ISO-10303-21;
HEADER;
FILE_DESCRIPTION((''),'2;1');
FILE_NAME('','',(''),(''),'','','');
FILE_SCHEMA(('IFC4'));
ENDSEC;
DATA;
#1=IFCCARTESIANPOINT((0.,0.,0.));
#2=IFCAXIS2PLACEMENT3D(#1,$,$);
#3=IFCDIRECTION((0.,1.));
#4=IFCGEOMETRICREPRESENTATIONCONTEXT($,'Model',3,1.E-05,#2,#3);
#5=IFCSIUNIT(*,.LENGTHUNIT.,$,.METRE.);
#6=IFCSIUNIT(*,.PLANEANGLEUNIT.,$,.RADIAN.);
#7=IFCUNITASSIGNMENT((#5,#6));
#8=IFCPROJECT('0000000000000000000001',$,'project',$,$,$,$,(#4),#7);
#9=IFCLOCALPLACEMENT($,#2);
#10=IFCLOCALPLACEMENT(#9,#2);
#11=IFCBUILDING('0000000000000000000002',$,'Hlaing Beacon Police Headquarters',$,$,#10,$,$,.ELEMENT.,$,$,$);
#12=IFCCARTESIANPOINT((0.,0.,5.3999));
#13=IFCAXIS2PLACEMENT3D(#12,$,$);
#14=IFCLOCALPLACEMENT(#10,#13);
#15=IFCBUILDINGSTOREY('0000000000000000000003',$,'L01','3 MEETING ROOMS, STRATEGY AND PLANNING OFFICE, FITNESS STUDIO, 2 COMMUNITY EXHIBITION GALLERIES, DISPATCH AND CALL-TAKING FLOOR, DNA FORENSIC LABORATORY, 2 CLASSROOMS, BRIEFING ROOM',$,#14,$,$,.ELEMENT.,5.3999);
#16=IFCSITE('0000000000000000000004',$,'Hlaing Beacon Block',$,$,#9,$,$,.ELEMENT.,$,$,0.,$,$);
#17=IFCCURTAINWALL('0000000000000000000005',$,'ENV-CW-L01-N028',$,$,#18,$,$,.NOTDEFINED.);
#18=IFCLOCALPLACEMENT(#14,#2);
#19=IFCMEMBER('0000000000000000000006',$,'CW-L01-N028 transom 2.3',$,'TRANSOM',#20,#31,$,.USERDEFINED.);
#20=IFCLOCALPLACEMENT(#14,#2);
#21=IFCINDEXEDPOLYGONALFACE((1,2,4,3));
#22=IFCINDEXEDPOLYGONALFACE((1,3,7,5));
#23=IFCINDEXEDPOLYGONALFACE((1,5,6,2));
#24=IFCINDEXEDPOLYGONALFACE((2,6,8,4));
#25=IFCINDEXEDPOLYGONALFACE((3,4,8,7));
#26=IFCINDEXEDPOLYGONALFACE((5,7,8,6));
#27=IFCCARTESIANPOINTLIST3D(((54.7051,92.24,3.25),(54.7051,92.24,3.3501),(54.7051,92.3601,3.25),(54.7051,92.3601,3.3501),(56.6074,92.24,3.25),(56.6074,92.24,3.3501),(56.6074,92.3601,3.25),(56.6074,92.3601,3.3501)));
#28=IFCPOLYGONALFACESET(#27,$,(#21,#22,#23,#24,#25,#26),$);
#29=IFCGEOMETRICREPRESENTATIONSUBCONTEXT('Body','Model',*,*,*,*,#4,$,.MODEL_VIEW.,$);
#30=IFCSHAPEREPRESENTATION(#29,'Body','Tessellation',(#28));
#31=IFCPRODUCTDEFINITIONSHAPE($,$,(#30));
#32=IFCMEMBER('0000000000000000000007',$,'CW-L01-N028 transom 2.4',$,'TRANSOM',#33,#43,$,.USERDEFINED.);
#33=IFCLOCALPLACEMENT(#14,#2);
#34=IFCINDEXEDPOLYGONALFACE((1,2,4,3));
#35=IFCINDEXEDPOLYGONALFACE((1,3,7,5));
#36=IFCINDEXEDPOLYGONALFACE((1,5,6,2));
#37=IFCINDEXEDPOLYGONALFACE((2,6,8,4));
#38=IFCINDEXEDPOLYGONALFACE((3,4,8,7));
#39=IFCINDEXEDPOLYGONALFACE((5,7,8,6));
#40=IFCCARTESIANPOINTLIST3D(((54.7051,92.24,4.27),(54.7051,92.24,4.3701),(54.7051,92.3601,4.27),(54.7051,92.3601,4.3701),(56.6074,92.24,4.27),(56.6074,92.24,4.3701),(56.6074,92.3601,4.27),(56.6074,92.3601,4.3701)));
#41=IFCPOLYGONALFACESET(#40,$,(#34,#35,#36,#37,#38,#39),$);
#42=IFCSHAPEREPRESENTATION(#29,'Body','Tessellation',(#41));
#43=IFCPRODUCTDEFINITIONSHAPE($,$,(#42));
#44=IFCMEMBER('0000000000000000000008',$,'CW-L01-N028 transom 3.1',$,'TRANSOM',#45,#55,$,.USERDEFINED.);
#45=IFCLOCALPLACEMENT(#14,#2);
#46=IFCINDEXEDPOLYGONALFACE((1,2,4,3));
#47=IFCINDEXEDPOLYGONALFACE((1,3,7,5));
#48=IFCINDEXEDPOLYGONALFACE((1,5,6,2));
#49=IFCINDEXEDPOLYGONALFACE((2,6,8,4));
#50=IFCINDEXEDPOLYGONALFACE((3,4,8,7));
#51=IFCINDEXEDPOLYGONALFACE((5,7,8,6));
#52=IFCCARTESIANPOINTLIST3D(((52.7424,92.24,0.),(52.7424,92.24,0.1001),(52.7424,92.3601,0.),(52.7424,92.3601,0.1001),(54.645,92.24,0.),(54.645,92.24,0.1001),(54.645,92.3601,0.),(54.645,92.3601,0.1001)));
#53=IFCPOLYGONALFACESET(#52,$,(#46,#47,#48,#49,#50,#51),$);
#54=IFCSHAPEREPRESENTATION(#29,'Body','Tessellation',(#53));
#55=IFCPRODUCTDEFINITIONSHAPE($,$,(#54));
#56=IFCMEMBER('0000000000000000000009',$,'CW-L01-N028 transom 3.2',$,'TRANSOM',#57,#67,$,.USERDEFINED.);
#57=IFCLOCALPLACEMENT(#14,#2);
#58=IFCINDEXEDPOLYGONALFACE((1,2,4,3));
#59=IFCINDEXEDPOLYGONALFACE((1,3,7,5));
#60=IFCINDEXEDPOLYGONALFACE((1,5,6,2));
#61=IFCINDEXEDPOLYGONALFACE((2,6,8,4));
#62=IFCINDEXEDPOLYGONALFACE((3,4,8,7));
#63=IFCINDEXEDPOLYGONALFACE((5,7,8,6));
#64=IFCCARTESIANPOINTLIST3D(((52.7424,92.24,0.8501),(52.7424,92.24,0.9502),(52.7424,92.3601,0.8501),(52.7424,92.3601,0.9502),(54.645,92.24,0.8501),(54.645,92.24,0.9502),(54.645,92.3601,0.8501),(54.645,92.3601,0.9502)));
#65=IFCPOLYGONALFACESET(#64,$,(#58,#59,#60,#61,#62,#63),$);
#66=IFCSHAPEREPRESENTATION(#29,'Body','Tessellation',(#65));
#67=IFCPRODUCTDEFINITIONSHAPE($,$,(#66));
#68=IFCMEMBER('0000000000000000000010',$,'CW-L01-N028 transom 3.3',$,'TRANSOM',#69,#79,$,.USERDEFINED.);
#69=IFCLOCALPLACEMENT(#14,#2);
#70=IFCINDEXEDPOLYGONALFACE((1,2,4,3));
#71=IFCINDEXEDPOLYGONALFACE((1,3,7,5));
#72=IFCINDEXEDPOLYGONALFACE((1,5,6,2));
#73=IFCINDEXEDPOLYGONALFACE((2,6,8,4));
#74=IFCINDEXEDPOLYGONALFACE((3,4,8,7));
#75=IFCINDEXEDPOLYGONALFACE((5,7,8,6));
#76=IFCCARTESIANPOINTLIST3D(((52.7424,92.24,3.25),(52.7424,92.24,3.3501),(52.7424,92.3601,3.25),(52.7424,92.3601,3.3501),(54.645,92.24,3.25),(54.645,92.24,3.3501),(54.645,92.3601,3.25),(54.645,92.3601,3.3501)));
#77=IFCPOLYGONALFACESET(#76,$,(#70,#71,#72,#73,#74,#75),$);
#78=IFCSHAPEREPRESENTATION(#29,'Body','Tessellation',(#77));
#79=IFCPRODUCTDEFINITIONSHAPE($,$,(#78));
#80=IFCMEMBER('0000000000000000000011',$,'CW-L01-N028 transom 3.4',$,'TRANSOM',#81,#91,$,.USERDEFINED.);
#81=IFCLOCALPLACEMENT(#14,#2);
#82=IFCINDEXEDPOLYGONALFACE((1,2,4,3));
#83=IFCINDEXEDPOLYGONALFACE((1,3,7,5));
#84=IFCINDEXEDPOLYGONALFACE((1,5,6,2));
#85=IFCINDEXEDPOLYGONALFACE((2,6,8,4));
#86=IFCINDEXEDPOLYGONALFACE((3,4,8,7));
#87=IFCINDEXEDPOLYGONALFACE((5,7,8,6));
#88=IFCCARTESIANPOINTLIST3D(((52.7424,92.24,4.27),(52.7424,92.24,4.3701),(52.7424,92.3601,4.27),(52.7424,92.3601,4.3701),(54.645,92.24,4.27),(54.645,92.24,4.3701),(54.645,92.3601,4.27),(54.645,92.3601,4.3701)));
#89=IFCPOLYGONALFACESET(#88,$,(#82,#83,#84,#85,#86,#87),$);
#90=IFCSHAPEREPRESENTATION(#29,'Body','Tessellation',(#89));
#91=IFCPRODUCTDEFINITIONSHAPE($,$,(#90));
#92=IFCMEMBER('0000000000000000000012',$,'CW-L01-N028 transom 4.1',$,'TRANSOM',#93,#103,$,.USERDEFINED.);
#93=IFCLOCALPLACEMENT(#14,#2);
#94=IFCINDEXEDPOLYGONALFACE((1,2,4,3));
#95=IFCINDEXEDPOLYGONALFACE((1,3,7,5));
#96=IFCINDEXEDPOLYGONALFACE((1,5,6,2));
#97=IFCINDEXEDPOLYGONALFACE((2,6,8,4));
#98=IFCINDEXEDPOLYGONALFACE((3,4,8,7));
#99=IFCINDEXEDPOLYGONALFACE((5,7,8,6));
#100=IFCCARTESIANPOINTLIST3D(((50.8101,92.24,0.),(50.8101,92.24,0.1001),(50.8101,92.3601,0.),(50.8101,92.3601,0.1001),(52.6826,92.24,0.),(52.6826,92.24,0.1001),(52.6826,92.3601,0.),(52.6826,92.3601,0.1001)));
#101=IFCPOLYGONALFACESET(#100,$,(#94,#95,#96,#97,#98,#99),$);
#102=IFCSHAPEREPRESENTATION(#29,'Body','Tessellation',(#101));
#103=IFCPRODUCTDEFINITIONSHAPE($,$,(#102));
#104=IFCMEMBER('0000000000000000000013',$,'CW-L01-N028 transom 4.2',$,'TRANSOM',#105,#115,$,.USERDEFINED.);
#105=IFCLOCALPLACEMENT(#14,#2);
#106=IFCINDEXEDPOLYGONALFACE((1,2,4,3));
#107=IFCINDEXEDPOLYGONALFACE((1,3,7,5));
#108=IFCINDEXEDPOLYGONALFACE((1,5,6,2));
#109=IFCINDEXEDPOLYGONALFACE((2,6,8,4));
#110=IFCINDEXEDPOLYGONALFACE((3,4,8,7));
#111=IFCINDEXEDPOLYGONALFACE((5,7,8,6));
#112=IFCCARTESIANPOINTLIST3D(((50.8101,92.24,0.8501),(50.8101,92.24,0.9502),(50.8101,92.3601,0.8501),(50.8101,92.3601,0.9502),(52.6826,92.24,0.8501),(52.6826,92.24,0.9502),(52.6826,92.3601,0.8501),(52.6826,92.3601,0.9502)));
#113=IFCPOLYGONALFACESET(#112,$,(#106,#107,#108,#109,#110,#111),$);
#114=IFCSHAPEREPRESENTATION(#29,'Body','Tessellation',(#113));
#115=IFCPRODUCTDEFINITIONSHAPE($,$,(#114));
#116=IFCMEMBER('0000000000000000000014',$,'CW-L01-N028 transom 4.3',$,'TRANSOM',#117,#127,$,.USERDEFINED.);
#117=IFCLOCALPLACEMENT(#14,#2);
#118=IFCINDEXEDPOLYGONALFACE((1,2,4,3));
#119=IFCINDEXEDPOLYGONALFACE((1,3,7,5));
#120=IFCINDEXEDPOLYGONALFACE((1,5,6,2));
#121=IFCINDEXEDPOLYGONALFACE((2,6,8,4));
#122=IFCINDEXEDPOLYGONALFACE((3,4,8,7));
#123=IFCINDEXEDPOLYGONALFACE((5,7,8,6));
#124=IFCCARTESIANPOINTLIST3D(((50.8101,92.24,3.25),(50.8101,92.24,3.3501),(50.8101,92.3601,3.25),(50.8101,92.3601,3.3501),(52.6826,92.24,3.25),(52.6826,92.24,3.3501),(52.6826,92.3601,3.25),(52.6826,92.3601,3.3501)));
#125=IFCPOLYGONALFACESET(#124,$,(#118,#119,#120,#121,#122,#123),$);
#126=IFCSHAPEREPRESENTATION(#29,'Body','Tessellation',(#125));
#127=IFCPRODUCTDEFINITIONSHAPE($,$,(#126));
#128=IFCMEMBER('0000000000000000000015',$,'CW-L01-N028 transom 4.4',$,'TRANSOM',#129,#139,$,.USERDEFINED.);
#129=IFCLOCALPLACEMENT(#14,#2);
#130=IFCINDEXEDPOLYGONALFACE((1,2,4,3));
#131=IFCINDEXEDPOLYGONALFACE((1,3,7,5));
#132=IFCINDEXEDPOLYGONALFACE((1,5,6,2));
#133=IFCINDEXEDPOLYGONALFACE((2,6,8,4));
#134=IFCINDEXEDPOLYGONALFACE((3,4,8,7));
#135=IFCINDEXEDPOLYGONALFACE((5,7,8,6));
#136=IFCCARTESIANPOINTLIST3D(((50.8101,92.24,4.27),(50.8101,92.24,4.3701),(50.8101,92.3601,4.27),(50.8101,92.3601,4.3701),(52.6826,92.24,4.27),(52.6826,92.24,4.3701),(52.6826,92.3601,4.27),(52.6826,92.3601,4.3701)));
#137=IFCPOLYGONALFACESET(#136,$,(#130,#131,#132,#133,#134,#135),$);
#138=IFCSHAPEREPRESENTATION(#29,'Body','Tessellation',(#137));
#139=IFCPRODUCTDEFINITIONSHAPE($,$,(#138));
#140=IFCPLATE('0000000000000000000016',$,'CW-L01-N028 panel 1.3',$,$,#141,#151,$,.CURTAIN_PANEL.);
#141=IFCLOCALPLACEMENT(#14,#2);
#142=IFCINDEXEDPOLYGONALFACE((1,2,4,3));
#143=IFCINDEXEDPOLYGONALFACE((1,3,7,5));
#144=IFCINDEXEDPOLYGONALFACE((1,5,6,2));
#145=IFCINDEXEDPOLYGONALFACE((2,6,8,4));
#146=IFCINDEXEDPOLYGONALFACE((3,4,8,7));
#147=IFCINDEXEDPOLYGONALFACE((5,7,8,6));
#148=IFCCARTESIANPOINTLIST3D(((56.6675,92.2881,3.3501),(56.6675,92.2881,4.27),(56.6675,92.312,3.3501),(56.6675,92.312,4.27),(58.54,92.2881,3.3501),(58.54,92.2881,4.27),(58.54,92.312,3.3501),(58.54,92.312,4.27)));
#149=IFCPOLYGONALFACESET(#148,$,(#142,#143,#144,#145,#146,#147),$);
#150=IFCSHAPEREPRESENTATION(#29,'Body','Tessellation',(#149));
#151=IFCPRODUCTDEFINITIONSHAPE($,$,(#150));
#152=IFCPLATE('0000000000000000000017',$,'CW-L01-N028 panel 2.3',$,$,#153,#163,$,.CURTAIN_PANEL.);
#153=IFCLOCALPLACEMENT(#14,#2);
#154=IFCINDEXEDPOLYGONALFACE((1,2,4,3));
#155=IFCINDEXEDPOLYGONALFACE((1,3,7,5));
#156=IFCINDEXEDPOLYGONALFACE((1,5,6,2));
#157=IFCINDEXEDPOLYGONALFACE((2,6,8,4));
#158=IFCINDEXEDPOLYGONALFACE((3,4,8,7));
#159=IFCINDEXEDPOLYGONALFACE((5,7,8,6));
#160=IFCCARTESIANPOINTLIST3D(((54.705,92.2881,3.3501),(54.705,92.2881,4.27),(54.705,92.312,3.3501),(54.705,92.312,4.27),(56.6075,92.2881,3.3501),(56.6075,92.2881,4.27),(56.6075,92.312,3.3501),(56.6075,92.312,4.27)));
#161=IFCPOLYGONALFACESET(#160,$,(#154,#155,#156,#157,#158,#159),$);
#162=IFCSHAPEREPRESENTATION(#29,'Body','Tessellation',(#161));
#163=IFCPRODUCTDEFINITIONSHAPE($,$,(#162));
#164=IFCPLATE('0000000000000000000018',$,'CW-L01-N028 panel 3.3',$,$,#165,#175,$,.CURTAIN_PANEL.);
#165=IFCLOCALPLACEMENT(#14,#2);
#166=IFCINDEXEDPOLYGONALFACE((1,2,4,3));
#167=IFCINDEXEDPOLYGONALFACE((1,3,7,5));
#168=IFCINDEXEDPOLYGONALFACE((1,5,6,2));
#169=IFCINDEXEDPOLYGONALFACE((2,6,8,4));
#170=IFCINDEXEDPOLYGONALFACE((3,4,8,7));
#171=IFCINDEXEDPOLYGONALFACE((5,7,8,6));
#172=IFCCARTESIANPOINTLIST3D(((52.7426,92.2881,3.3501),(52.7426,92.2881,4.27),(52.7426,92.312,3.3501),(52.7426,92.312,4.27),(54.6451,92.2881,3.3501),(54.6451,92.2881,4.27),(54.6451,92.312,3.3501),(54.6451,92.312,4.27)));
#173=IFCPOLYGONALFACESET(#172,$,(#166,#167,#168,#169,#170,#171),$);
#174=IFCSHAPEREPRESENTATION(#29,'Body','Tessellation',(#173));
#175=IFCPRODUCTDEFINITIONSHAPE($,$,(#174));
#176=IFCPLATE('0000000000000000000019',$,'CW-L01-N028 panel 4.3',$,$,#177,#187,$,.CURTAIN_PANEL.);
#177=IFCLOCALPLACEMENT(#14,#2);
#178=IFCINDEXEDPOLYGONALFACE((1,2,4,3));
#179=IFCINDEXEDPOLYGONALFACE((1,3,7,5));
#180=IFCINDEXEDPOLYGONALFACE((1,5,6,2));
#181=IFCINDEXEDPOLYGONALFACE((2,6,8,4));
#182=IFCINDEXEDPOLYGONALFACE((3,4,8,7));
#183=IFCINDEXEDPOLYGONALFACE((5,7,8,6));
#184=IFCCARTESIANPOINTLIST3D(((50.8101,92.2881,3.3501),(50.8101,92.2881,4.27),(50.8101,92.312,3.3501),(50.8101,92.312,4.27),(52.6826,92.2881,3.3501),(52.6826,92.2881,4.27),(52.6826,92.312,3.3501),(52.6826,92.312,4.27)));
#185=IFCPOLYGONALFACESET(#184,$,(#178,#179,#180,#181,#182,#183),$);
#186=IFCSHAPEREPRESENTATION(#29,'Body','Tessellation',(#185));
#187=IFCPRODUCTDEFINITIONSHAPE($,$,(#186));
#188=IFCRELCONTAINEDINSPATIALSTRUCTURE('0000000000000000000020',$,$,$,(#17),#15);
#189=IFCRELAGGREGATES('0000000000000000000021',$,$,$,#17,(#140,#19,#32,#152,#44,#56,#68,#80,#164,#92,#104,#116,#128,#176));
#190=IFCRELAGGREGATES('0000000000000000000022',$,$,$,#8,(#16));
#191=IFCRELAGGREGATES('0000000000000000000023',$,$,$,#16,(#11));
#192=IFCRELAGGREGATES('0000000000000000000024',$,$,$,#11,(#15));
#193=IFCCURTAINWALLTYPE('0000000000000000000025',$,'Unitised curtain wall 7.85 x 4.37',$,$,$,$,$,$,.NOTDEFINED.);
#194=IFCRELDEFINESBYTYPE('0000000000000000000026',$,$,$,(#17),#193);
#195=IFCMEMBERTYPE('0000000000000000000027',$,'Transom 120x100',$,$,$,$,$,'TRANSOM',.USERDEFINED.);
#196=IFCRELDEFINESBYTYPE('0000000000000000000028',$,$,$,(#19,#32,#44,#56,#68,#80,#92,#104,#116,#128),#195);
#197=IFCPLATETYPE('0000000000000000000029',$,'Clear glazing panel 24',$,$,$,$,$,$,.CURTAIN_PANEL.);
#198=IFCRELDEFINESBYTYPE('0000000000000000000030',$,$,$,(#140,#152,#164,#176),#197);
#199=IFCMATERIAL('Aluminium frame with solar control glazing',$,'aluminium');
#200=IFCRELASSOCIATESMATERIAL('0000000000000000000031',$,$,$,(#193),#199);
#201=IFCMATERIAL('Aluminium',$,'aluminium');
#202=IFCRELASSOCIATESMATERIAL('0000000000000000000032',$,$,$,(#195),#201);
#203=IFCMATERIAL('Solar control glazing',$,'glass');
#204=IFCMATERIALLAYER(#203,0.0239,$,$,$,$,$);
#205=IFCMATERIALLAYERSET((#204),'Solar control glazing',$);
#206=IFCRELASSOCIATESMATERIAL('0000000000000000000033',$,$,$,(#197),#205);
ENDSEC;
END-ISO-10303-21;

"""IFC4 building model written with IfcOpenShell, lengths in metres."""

from ifc_helpers import new_model, si_unit, direction, frame, origin, origin_2d, place, context, subcontext, project, spatial, rectangle, extrude, material, layer, layer_set, material_profile, profile_set, type_object, element, aggregate, save


model = new_model("IFC4")

# Units and contexts
model_context = context("Model", 3, precision=1e-05, world=origin(), true_north=direction((0.0, 1.0)))
body_context = subcontext(model_context, "Body", "Model", "MODEL_VIEW")
ifc_project = project(units=[si_unit("LENGTHUNIT", "METRE"), si_unit("PLANEANGLEUNIT", "RADIAN")], contexts=[model_context])

# Site, building, storey
site_placement = place(None, origin())
site = spatial("IfcSite", under=ifc_project, at=site_placement, Name="Hlaing Beacon Block", CompositionType="ELEMENT", RefElevation=0.0)
building_placement = place(site_placement, origin())
building = spatial("IfcBuilding", under=site, at=building_placement, Name="Hlaing Beacon Police Headquarters", CompositionType="ELEMENT")
storey_placement = place(building_placement, frame((0.0, 0.0, 5.3999)))
storey = spatial("IfcBuildingStorey", under=building, at=storey_placement, Name="L01", Description="3 MEETING ROOMS, STRATEGY AND PLANNING OFFICE, FITNESS STUDIO, 2 COMMUNITY EXHIBITION GALLERIES, DISPATCH AND CALL-TAKING FLOOR, DNA FORENSIC LABORATORY, 2 CLASSROOMS, BRIEFING ROOM", CompositionType="ELEMENT", Elevation=5.3999)

# Curtain wall, members, plates
ifc_material_1 = material(Name="Aluminium frame with solar control glazing", Category="aluminium")
curtain_wall_type = type_object("IfcCurtainWallType", Name="Unitised curtain wall 7.85 x 4.37", PredefinedType="NOTDEFINED", material=ifc_material_1)
curtain_wall_placement = place(storey_placement, origin())
curtain_wall = element("IfcCurtainWall", 1, at=curtain_wall_placement, inside=storey, type_object=curtain_wall_type, Name="ENV-CW-L01-N028", PredefinedType="NOTDEFINED")
ifc_material_2 = material(Name="Aluminium", Category="aluminium")
ifc_material_profile_1 = material_profile(ifc_material_2, rectangle(XDim=0.1201, YDim=0.1001, at=origin_2d()), Name="Transom 120x100")
ifc_profile_set_1 = profile_set([ifc_material_profile_1], Name="Aluminium")
member_type_1 = type_object("IfcMemberType", Name="Transom 120x100", ElementType="TRANSOM", PredefinedType="USERDEFINED", material=ifc_profile_set_1)
member_1_placement = place(storey_placement, frame((56.6074, 92.3, 3.3), z_axis=(-1.0, 0.0, 0.0), x_axis=(0.0, -1.0, 0.0)))
member_1 = element("IfcMember", 2, at=member_1_placement, type_object=member_type_1, Name="CW-L01-N028 transom 2.3", ObjectType="TRANSOM", PredefinedType="USERDEFINED", context=body_context, shape_type="SweptSolid", body=[
    extrude(rectangle(XDim=0.1201, YDim=0.1001, at=origin_2d()), origin(), (0.0, 0.0, 1.0), 1.9023),
])
member_2_placement = place(storey_placement, frame((56.6074, 92.3, 4.3201), z_axis=(-1.0, 0.0, 0.0), x_axis=(0.0, -1.0, 0.0)))
member_2 = element("IfcMember", 3, at=member_2_placement, type_object=member_type_1, Name="CW-L01-N028 transom 2.4", ObjectType="TRANSOM", PredefinedType="USERDEFINED", context=body_context, shape_type="SweptSolid", body=[
    extrude(rectangle(XDim=0.1201, YDim=0.1001, at=origin_2d()), origin(), (0.0, 0.0, 1.0), 1.9023),
])
member_3_placement = place(storey_placement, frame((54.645, 92.3, 0.05), z_axis=(-1.0, 0.0, 0.0), x_axis=(0.0, -1.0, 0.0)))
member_3 = element("IfcMember", 4, at=member_3_placement, type_object=member_type_1, Name="CW-L01-N028 transom 3.1", ObjectType="TRANSOM", PredefinedType="USERDEFINED", context=body_context, shape_type="SweptSolid", body=[
    extrude(rectangle(XDim=0.1201, YDim=0.1001, at=origin_2d()), origin(), (0.0, 0.0, 1.0), 1.9026),
])
member_4_placement = place(storey_placement, frame((54.645, 92.3, 0.9001), z_axis=(-1.0, 0.0, 0.0), x_axis=(0.0, -1.0, 0.0)))
member_4 = element("IfcMember", 5, at=member_4_placement, type_object=member_type_1, Name="CW-L01-N028 transom 3.2", ObjectType="TRANSOM", PredefinedType="USERDEFINED", context=body_context, shape_type="SweptSolid", body=[
    extrude(rectangle(XDim=0.1201, YDim=0.1001, at=origin_2d()), origin(), (0.0, 0.0, 1.0), 1.9026),
])
member_5_placement = place(storey_placement, frame((54.645, 92.3, 3.3), z_axis=(-1.0, 0.0, 0.0), x_axis=(0.0, -1.0, 0.0)))
member_5 = element("IfcMember", 6, at=member_5_placement, type_object=member_type_1, Name="CW-L01-N028 transom 3.3", ObjectType="TRANSOM", PredefinedType="USERDEFINED", context=body_context, shape_type="SweptSolid", body=[
    extrude(rectangle(XDim=0.1201, YDim=0.1001, at=origin_2d()), origin(), (0.0, 0.0, 1.0), 1.9026),
])
member_6_placement = place(storey_placement, frame((54.645, 92.3, 4.3201), z_axis=(-1.0, 0.0, 0.0), x_axis=(0.0, -1.0, 0.0)))
member_6 = element("IfcMember", 7, at=member_6_placement, type_object=member_type_1, Name="CW-L01-N028 transom 3.4", ObjectType="TRANSOM", PredefinedType="USERDEFINED", context=body_context, shape_type="SweptSolid", body=[
    extrude(rectangle(XDim=0.1201, YDim=0.1001, at=origin_2d()), origin(), (0.0, 0.0, 1.0), 1.9026),
])
member_7_placement = place(storey_placement, frame((52.6826, 92.3, 0.05), z_axis=(-1.0, 0.0, 0.0), x_axis=(0.0, -1.0, 0.0)))
member_7 = element("IfcMember", 8, at=member_7_placement, type_object=member_type_1, Name="CW-L01-N028 transom 4.1", ObjectType="TRANSOM", PredefinedType="USERDEFINED", context=body_context, shape_type="SweptSolid", body=[
    extrude(rectangle(XDim=0.1201, YDim=0.1001, at=origin_2d()), origin(), (0.0, 0.0, 1.0), 1.8726),
])
member_8_placement = place(storey_placement, frame((52.6826, 92.3, 0.9001), z_axis=(-1.0, 0.0, 0.0), x_axis=(0.0, -1.0, 0.0)))
member_8 = element("IfcMember", 9, at=member_8_placement, type_object=member_type_1, Name="CW-L01-N028 transom 4.2", ObjectType="TRANSOM", PredefinedType="USERDEFINED", context=body_context, shape_type="SweptSolid", body=[
    extrude(rectangle(XDim=0.1201, YDim=0.1001, at=origin_2d()), origin(), (0.0, 0.0, 1.0), 1.8726),
])
member_9_placement = place(storey_placement, frame((52.6826, 92.3, 3.3), z_axis=(-1.0, 0.0, 0.0), x_axis=(0.0, -1.0, 0.0)))
member_9 = element("IfcMember", 10, at=member_9_placement, type_object=member_type_1, Name="CW-L01-N028 transom 4.3", ObjectType="TRANSOM", PredefinedType="USERDEFINED", context=body_context, shape_type="SweptSolid", body=[
    extrude(rectangle(XDim=0.1201, YDim=0.1001, at=origin_2d()), origin(), (0.0, 0.0, 1.0), 1.8726),
])
member_10_placement = place(storey_placement, frame((52.6826, 92.3, 4.3201), z_axis=(-1.0, 0.0, 0.0), x_axis=(0.0, -1.0, 0.0)))
member_10 = element("IfcMember", 11, at=member_10_placement, type_object=member_type_1, Name="CW-L01-N028 transom 4.4", ObjectType="TRANSOM", PredefinedType="USERDEFINED", context=body_context, shape_type="SweptSolid", body=[
    extrude(rectangle(XDim=0.1201, YDim=0.1001, at=origin_2d()), origin(), (0.0, 0.0, 1.0), 1.8726),
])
ifc_material_3 = material(Name="Solar control glazing", Category="glass")
ifc_layer_1 = layer(ifc_material_3, 0.0239)
ifc_layer_set_1 = layer_set([ifc_layer_1], Name="Solar control glazing")
plate_type_1 = type_object("IfcPlateType", Name="Clear glazing panel 24", PredefinedType="CURTAIN_PANEL", material=ifc_layer_set_1)
plate_1_placement = place(storey_placement, frame((57.6038, 92.3, 3.3501), z_axis=(0.0, 0.0, 1.0), x_axis=(-1.0, 0.0, 0.0)))
plate_1 = element("IfcPlate", 12, at=plate_1_placement, type_object=plate_type_1, Name="CW-L01-N028 panel 1.3", PredefinedType="CURTAIN_PANEL", context=body_context, shape_type="SweptSolid", body=[
    extrude(rectangle(XDim=1.8726, YDim=0.0239, at=origin_2d()), origin(), (0.0, 0.0, 1.0), 0.9199),
])
plate_2_placement = place(storey_placement, frame((55.6562, 92.3, 3.3501), z_axis=(0.0, 0.0, 1.0), x_axis=(-1.0, 0.0, 0.0)))
plate_2 = element("IfcPlate", 13, at=plate_2_placement, type_object=plate_type_1, Name="CW-L01-N028 panel 2.3", PredefinedType="CURTAIN_PANEL", context=body_context, shape_type="SweptSolid", body=[
    extrude(rectangle(XDim=1.9026, YDim=0.0239, at=origin_2d()), origin(), (0.0, 0.0, 1.0), 0.9199),
])
plate_3_placement = place(storey_placement, frame((53.6938, 92.3, 3.3501), z_axis=(0.0, 0.0, 1.0), x_axis=(-1.0, 0.0, 0.0)))
plate_3 = element("IfcPlate", 14, at=plate_3_placement, type_object=plate_type_1, Name="CW-L01-N028 panel 3.3", PredefinedType="CURTAIN_PANEL", context=body_context, shape_type="SweptSolid", body=[
    extrude(rectangle(XDim=1.9026, YDim=0.0239, at=origin_2d()), origin(), (0.0, 0.0, 1.0), 0.9199),
])
plate_4_placement = place(storey_placement, frame((51.7463, 92.3, 3.3501), z_axis=(0.0, 0.0, 1.0), x_axis=(-1.0, 0.0, 0.0)))
plate_4 = element("IfcPlate", 15, at=plate_4_placement, type_object=plate_type_1, Name="CW-L01-N028 panel 4.3", PredefinedType="CURTAIN_PANEL", context=body_context, shape_type="SweptSolid", body=[
    extrude(rectangle(XDim=1.8726, YDim=0.0239, at=origin_2d()), origin(), (0.0, 0.0, 1.0), 0.9199),
])
aggregate(curtain_wall, [plate_1, member_1, member_2, plate_2, member_3, member_4, member_5, member_6, plate_3, member_7, member_8, member_9, member_10, plate_4])

save(model, "model.ifc")
